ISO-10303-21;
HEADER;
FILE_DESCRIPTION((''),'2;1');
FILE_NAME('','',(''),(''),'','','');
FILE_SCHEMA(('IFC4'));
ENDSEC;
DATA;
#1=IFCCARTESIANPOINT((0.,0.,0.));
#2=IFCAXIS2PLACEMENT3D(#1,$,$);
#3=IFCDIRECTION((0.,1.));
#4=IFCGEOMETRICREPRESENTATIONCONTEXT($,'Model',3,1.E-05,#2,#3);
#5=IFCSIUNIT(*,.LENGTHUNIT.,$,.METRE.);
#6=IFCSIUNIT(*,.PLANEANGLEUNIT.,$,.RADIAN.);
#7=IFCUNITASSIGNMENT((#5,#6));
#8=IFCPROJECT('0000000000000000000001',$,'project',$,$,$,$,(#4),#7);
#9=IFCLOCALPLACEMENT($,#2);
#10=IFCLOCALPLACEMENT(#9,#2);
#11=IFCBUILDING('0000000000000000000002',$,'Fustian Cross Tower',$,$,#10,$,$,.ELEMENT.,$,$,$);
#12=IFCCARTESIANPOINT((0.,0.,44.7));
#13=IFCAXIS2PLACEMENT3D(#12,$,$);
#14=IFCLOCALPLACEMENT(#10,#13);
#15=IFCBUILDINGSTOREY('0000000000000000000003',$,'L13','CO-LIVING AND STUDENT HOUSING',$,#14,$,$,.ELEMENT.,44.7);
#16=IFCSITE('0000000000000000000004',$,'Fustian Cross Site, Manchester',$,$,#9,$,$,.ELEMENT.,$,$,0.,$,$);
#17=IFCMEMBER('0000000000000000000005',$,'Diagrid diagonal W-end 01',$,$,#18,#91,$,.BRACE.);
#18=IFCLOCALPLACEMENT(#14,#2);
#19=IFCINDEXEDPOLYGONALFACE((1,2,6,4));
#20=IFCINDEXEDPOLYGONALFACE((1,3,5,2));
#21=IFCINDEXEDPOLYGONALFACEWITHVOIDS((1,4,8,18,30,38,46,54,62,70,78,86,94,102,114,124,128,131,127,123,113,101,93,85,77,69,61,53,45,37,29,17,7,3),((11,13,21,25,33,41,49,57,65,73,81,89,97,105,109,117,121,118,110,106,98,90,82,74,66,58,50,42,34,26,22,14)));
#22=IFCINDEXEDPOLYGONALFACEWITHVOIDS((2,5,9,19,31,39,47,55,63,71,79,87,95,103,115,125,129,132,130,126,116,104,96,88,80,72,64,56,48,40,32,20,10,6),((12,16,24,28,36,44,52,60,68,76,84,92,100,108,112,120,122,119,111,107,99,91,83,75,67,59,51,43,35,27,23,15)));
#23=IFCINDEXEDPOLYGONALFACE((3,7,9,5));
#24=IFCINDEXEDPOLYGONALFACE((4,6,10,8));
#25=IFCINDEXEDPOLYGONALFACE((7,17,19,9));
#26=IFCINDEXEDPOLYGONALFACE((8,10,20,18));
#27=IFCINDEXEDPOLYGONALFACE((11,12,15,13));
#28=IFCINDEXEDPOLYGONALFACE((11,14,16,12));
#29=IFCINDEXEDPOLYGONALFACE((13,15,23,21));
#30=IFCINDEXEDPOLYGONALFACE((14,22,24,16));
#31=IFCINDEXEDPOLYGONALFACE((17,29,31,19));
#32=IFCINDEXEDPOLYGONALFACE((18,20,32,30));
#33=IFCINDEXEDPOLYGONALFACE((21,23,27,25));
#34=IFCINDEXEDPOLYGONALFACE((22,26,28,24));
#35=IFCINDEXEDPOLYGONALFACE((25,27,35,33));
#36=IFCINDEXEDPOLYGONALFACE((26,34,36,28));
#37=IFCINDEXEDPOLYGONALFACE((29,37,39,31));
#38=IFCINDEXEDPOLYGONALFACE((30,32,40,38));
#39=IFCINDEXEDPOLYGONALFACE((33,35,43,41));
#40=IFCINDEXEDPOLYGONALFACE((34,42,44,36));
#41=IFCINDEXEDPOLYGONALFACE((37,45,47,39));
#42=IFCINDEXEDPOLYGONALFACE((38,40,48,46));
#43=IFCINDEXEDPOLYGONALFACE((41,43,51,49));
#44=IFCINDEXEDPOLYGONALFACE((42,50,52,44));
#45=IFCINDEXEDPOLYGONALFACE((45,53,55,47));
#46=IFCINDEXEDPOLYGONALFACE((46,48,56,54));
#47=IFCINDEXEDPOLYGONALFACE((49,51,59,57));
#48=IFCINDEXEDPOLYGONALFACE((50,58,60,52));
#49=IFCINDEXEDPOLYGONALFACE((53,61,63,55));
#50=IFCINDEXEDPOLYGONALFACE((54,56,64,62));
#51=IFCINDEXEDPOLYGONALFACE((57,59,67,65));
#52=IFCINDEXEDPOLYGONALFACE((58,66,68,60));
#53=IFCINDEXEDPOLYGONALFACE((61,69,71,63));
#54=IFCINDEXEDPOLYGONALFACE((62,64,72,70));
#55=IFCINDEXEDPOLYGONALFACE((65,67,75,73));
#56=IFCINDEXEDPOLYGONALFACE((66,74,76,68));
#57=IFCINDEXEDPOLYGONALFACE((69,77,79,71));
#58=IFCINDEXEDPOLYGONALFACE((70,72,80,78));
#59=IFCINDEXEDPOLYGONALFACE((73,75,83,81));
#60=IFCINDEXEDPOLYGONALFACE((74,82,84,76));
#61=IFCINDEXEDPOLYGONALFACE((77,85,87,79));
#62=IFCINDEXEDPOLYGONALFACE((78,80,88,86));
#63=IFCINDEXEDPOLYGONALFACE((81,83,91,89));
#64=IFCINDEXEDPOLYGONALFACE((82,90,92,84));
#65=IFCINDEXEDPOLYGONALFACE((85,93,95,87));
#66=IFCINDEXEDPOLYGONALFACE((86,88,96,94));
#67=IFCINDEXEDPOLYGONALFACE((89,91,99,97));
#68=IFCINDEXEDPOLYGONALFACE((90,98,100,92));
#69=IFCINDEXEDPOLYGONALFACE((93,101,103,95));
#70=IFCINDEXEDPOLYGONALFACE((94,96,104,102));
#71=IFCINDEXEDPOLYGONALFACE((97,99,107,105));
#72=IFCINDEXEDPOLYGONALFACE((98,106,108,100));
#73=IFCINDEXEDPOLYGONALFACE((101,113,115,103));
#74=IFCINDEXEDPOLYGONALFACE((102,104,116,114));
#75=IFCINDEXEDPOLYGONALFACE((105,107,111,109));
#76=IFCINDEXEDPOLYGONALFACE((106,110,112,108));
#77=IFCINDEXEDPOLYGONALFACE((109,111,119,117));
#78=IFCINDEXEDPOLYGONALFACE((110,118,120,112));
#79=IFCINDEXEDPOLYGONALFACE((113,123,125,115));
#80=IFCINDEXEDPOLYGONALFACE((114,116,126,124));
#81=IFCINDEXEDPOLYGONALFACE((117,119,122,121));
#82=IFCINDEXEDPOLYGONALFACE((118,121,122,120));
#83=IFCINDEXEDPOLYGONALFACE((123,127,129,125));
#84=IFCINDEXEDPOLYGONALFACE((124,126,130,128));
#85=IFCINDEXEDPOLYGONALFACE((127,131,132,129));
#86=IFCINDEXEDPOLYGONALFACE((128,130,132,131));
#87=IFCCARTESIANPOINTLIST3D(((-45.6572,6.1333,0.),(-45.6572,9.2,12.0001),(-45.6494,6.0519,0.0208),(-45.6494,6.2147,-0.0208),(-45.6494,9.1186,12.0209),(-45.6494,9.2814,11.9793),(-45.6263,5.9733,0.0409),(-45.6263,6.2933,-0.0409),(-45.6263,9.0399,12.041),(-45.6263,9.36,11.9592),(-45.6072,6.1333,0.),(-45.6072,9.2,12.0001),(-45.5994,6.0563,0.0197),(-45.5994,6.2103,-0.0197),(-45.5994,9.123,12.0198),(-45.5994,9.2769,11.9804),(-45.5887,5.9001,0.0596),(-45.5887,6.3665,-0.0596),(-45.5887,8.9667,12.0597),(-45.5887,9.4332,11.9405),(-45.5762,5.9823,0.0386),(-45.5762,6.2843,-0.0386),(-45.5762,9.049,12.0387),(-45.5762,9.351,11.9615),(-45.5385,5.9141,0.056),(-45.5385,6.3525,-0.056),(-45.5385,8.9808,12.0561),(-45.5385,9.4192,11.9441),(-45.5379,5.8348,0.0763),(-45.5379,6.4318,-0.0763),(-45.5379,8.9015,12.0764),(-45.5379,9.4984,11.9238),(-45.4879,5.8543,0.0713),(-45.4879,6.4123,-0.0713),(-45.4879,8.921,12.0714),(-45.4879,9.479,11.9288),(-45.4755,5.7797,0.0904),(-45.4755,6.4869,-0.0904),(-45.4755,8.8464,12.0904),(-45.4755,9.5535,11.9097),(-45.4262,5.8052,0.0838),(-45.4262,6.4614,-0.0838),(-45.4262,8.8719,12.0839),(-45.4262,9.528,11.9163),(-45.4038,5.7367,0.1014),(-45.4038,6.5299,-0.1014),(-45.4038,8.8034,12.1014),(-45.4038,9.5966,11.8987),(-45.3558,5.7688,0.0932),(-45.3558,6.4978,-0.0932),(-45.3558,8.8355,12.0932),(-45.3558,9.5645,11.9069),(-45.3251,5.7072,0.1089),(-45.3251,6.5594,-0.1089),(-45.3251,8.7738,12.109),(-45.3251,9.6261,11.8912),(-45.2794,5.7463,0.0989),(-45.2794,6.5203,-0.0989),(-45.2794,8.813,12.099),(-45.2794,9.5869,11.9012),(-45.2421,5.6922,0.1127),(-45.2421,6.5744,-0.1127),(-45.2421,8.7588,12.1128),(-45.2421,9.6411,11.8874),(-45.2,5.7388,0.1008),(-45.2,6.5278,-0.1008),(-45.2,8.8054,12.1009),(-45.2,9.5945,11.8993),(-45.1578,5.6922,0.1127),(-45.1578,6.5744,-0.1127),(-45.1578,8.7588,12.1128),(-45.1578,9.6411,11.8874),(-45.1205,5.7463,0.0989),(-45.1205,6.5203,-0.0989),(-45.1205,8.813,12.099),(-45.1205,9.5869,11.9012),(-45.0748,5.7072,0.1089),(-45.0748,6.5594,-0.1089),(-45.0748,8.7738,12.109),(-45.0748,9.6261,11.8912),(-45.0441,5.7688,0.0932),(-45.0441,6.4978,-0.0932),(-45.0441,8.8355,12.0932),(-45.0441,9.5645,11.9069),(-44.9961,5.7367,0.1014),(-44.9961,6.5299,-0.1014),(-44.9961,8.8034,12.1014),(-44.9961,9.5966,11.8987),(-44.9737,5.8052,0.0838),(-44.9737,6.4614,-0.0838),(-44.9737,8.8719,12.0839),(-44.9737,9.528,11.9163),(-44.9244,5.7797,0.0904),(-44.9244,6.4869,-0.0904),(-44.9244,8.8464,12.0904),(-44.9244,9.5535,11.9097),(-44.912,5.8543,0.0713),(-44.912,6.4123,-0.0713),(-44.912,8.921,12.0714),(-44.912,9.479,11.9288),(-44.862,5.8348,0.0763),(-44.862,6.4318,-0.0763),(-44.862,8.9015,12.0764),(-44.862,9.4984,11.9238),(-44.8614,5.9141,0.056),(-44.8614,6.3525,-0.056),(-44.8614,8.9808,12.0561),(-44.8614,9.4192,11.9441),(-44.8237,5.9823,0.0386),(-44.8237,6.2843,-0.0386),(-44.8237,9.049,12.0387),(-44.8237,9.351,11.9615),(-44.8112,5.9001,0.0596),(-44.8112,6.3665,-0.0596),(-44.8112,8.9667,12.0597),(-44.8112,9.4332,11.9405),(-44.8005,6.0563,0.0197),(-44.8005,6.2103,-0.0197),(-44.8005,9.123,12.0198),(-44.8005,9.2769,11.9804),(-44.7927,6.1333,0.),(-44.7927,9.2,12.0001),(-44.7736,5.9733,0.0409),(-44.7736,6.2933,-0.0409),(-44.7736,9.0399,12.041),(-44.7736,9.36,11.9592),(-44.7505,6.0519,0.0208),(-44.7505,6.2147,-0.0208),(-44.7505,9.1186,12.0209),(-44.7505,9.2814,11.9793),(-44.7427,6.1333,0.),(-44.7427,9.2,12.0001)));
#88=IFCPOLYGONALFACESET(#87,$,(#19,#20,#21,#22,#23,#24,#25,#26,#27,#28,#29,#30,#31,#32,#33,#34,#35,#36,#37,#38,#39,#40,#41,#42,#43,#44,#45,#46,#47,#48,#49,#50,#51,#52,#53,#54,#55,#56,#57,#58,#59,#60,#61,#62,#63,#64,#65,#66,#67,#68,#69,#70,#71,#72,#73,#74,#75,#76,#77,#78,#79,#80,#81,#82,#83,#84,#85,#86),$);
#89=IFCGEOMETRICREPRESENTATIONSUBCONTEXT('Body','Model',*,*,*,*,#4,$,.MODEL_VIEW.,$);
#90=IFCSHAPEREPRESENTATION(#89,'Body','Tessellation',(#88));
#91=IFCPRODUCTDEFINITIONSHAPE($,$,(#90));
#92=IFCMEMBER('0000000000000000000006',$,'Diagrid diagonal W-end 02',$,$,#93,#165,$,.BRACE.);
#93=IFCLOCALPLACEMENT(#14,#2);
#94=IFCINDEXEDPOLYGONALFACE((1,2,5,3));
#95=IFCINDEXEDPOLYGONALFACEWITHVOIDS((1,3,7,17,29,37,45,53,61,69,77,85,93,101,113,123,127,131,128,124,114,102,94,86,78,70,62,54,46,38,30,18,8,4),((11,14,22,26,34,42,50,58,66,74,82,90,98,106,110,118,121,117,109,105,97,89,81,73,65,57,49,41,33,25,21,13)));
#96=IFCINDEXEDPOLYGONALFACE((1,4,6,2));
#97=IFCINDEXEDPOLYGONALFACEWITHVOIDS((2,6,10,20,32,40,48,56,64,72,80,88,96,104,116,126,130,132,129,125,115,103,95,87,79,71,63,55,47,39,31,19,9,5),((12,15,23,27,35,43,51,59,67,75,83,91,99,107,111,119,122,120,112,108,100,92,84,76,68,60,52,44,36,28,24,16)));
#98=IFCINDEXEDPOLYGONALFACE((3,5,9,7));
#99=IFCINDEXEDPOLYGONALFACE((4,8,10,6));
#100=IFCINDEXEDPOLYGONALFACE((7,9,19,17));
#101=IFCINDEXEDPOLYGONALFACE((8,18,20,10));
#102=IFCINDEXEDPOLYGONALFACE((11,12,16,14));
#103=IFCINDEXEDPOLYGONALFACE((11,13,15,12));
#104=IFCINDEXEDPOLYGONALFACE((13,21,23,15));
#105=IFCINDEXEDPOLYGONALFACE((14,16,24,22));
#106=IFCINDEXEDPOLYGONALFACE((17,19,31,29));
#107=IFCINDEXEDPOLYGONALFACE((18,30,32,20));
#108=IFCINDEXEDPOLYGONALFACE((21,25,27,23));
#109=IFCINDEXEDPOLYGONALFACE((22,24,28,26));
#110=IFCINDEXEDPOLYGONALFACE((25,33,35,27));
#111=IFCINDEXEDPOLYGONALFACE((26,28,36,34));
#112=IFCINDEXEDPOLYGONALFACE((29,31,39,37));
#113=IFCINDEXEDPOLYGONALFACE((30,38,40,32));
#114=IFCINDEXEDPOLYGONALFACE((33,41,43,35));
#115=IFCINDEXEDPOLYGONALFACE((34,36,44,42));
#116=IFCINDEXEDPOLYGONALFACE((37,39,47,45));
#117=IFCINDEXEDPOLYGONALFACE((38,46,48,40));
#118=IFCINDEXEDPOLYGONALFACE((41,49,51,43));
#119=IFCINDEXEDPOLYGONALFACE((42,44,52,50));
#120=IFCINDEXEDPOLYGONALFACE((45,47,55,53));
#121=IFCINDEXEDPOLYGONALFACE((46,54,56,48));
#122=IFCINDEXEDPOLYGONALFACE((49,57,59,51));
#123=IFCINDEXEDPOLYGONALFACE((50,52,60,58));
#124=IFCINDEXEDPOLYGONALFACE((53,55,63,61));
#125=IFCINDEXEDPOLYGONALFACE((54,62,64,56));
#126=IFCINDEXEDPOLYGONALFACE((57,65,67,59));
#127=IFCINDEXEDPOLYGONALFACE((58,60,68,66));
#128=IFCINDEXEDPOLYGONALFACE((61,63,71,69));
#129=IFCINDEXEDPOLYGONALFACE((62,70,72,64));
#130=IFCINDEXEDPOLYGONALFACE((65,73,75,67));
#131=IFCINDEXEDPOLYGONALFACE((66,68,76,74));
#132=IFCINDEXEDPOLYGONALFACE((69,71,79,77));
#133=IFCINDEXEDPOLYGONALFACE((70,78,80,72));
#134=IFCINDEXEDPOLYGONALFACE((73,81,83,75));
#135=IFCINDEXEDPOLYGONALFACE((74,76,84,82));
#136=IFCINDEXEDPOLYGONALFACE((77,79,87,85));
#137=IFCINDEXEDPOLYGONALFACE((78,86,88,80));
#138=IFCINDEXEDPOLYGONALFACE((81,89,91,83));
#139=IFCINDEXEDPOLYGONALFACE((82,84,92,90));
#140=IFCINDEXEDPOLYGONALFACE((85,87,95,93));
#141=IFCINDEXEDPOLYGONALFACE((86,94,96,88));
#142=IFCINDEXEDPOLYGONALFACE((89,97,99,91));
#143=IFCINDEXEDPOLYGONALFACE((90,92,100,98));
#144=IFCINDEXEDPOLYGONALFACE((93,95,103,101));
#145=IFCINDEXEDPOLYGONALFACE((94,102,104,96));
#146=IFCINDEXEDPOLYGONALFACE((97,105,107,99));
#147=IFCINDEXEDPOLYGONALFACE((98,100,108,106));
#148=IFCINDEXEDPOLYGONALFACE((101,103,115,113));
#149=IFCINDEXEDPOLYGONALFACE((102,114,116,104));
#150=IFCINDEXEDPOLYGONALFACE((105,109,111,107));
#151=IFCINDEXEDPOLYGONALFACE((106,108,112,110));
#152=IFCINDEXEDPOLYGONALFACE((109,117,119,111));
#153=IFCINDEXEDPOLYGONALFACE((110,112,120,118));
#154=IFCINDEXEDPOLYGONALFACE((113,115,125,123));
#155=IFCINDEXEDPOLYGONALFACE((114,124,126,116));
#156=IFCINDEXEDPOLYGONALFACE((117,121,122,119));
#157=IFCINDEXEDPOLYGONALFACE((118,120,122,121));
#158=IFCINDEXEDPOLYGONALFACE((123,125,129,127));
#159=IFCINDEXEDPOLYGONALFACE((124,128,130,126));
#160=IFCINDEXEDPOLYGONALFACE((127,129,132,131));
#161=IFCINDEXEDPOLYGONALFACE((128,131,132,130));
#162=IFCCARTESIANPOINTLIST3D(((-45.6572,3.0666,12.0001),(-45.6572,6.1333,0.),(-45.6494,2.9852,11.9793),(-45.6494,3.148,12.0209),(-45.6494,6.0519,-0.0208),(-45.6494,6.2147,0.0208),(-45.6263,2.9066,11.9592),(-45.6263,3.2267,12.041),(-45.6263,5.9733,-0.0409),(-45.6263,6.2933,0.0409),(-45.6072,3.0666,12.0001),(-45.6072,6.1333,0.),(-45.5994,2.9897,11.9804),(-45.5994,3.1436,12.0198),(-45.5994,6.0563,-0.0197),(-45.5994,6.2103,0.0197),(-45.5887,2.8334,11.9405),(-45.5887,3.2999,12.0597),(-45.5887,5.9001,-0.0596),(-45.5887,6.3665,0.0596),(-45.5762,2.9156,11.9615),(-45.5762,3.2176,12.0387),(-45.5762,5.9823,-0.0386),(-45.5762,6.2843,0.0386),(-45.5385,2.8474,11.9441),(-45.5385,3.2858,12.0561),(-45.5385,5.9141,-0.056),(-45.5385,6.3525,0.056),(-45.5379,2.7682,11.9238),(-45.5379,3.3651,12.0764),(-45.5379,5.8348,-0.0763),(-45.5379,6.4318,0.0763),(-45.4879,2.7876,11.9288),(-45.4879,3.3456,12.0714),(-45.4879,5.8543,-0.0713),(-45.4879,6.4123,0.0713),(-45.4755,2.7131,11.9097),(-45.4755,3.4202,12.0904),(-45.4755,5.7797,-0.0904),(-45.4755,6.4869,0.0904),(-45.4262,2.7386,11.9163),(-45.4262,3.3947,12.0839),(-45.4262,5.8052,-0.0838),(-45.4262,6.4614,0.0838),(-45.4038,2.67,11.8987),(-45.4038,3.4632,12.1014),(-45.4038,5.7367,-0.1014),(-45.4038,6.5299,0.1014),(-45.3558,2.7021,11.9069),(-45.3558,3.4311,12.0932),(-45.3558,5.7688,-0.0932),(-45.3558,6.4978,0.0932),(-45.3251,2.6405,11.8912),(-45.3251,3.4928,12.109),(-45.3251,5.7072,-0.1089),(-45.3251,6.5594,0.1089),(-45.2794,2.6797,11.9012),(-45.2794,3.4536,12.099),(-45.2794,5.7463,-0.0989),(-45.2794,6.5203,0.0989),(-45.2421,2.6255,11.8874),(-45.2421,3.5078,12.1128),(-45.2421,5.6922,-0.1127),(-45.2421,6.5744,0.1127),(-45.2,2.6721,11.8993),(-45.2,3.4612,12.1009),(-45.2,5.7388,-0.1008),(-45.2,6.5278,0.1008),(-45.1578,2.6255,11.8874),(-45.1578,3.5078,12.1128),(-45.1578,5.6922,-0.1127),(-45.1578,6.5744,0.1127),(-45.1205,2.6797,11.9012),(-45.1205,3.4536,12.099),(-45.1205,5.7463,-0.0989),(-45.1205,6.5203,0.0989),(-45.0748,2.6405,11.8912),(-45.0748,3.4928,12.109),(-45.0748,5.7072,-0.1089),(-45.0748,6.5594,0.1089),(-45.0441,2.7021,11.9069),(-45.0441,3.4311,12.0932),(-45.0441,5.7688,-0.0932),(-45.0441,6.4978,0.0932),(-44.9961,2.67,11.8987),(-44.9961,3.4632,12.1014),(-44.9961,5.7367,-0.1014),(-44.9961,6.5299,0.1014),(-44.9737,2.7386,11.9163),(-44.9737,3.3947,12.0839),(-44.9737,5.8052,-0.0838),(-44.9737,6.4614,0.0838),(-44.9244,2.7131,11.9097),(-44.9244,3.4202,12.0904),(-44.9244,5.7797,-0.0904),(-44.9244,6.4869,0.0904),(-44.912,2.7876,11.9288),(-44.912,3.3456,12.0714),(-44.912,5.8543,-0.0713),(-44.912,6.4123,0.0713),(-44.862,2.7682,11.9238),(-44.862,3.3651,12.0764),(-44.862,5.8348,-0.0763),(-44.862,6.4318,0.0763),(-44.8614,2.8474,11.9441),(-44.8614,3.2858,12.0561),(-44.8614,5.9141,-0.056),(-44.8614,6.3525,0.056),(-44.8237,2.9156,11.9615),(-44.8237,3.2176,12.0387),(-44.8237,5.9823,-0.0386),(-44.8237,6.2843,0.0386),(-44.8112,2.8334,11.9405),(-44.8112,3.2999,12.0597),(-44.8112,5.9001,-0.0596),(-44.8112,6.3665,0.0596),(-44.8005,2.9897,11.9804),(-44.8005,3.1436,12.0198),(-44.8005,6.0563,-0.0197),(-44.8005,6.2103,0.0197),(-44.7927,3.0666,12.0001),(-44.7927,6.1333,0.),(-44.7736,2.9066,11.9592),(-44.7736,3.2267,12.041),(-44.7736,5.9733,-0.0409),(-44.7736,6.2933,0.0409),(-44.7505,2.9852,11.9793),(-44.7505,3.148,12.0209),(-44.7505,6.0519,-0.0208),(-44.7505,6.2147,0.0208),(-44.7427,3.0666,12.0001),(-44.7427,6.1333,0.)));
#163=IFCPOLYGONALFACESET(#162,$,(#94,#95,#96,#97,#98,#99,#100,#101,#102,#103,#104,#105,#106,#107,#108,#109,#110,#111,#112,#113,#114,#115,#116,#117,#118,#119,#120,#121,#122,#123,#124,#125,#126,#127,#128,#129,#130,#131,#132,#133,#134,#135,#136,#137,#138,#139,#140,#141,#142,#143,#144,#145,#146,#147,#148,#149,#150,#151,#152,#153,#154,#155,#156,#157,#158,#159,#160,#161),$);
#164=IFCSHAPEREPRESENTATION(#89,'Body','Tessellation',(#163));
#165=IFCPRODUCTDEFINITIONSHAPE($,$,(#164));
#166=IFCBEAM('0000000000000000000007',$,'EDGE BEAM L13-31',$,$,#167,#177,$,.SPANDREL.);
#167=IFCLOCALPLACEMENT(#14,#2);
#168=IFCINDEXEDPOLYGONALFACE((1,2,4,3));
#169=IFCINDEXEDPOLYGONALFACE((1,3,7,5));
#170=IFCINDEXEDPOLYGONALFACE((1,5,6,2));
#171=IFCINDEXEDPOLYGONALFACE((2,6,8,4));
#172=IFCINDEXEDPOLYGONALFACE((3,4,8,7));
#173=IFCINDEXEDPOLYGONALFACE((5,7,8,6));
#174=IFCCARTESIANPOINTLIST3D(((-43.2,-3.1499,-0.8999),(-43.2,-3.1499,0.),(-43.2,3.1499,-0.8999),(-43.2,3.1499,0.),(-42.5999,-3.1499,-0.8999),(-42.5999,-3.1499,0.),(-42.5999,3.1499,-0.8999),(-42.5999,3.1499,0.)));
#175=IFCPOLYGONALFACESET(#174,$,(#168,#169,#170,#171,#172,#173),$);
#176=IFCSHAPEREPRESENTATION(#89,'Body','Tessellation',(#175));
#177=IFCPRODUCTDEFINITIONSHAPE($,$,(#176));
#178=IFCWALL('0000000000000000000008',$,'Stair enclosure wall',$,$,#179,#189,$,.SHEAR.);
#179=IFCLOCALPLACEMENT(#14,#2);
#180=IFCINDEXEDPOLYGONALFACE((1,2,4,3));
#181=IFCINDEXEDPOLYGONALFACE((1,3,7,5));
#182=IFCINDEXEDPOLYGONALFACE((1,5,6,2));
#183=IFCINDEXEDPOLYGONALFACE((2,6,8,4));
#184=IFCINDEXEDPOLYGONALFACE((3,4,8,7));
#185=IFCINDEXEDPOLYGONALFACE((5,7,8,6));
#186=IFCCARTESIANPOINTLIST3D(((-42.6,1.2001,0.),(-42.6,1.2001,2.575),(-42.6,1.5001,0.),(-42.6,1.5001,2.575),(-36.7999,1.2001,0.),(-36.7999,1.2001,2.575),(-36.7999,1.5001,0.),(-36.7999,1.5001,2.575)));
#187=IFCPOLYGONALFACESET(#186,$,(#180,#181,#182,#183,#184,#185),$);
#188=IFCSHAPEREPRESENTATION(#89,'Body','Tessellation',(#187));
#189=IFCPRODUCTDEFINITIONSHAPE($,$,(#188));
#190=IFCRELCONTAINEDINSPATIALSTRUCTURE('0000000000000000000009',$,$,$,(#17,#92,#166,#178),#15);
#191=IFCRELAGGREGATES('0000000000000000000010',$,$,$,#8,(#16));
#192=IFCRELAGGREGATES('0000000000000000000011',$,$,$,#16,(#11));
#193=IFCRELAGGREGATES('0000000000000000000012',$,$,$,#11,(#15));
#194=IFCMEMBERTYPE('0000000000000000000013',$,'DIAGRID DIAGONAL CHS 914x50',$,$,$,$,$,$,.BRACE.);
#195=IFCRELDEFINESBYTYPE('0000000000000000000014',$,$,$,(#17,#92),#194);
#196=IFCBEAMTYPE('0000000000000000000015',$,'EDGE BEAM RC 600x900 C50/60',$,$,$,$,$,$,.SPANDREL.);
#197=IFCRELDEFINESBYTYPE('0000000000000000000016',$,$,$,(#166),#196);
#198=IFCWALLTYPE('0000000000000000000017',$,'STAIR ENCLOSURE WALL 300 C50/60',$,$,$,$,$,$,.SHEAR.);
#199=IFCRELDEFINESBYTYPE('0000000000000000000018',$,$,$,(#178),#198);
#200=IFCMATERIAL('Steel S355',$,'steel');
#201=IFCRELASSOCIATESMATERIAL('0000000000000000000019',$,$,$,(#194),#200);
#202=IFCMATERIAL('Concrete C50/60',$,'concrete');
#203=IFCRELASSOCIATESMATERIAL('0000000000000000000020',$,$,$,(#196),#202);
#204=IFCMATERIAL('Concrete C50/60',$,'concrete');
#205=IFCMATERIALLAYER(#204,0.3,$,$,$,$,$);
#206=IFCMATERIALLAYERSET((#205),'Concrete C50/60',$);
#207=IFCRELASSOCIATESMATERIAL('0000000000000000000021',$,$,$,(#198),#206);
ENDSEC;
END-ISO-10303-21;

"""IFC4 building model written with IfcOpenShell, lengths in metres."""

from ifc_helpers import new_model, si_unit, direction, frame, frame_2d, origin, origin_2d, place, context, subcontext, project, spatial, rectangle, hollow_circle, extrude, material, layer, layer_set, material_profile, profile_set, type_object, element, save


model = new_model("IFC4")

# Units and contexts
model_context = context("Model", 3, precision=1e-05, world=origin(), true_north=direction((0.0, 1.0)))
body_context = subcontext(model_context, "Body", "Model", "MODEL_VIEW")
ifc_project = project(units=[si_unit("LENGTHUNIT", "METRE"), si_unit("PLANEANGLEUNIT", "RADIAN")], contexts=[model_context])

# Site, building, storey
site_placement = place(None, origin())
site = spatial("IfcSite", under=ifc_project, at=site_placement, Name="Fustian Cross Site, Manchester", CompositionType="ELEMENT", RefElevation=0.0)
building_placement = place(site_placement, origin())
building = spatial("IfcBuilding", under=site, at=building_placement, Name="Fustian Cross Tower", CompositionType="ELEMENT")
storey_placement = place(building_placement, frame((0.0, 0.0, 44.7)))
storey = spatial("IfcBuildingStorey", under=building, at=storey_placement, Name="L13", Description="CO-LIVING AND STUDENT HOUSING", CompositionType="ELEMENT", Elevation=44.7)

# Members
ifc_material_1 = material(Name="Steel S355", Category="steel")
ifc_material_profile_1 = material_profile(ifc_material_1, hollow_circle(Radius=0.4573, WallThickness=0.05, at=origin_2d()), Name="CHS 914x50")
ifc_profile_set_1 = profile_set([ifc_material_profile_1], Name="Steel S355")
member_type_1 = type_object("IfcMemberType", Name="DIAGRID DIAGONAL CHS 914x50", PredefinedType="BRACE", material=ifc_profile_set_1)
for number, where, z_axis, x_axis, name in (
    (1, (-45.2, 6.1333, 0.0), (0.0, 0.247597, 0.968863), (-1.0, 0.0, 0.0), "Diagrid diagonal W-end 01"),
    (2, (-45.2, 6.1333, 0.0), (0.0, -0.247597, 0.968863), (1.0, 0.0, 0.0), "Diagrid diagonal W-end 02"),
):
    element("IfcMember", number, at=place(storey_placement, frame(where, z_axis=z_axis, x_axis=x_axis)), inside=storey, type_object=member_type_1, Name=name, PredefinedType="BRACE", context=body_context, shape_type="SweptSolid", body=[
        extrude(hollow_circle(Radius=0.4573, WallThickness=0.05, at=origin_2d()), origin(), (0.0, 0.0, 1.0), 12.3857),
    ])

# Beam
ifc_material_2 = material(Name="Concrete C50/60", Category="concrete")
ifc_material_profile_2 = material_profile(ifc_material_2, rectangle(XDim=0.6001, YDim=0.8999, at=origin_2d()), Name="RC 600x900")
ifc_profile_set_2 = profile_set([ifc_material_profile_2], Name="Concrete C50/60")
beam_type = type_object("IfcBeamType", Name="EDGE BEAM RC 600x900 C50/60", PredefinedType="SPANDREL", material=ifc_profile_set_2)
beam_placement = place(storey_placement, frame((-42.8999, 3.1499, -0.45), z_axis=(0.0, -1.0, 0.0), x_axis=(1.0, 0.0, 0.0)))
element("IfcBeam", 3, at=beam_placement, inside=storey, type_object=beam_type, Name="EDGE BEAM L13-31", PredefinedType="SPANDREL", context=body_context, shape_type="SweptSolid", body=[
    extrude(rectangle(XDim=0.6001, YDim=0.8999, at=origin_2d()), origin(), (0.0, 0.0, 1.0), 6.2998),
])

# Wall
ifc_material_3 = material(Name="Concrete C50/60", Category="concrete")
ifc_layer_1 = layer(ifc_material_3, 0.3)
ifc_layer_set_1 = layer_set([ifc_layer_1], Name="Concrete C50/60")
wall_type_1 = type_object("IfcWallType", Name="STAIR ENCLOSURE WALL 300 C50/60", PredefinedType="SHEAR", material=ifc_layer_set_1)
wall_1_placement = place(storey_placement, frame((-36.8, 1.3501, 0.0), z_axis=(0.0, 0.0, 1.0), x_axis=(-1.0, 0.0, 0.0)))
element("IfcWall", 4, at=wall_1_placement, inside=storey, type_object=wall_type_1, Name="Stair enclosure wall", PredefinedType="SHEAR", context=body_context, shape_type="SweptSolid", body=[
    extrude(rectangle(XDim=5.8, YDim=0.3, at=frame_2d((2.8999, 0.0))), origin(), (0.0, 0.0, 1.0), 2.575),
])

save(model, "model.ifc")
